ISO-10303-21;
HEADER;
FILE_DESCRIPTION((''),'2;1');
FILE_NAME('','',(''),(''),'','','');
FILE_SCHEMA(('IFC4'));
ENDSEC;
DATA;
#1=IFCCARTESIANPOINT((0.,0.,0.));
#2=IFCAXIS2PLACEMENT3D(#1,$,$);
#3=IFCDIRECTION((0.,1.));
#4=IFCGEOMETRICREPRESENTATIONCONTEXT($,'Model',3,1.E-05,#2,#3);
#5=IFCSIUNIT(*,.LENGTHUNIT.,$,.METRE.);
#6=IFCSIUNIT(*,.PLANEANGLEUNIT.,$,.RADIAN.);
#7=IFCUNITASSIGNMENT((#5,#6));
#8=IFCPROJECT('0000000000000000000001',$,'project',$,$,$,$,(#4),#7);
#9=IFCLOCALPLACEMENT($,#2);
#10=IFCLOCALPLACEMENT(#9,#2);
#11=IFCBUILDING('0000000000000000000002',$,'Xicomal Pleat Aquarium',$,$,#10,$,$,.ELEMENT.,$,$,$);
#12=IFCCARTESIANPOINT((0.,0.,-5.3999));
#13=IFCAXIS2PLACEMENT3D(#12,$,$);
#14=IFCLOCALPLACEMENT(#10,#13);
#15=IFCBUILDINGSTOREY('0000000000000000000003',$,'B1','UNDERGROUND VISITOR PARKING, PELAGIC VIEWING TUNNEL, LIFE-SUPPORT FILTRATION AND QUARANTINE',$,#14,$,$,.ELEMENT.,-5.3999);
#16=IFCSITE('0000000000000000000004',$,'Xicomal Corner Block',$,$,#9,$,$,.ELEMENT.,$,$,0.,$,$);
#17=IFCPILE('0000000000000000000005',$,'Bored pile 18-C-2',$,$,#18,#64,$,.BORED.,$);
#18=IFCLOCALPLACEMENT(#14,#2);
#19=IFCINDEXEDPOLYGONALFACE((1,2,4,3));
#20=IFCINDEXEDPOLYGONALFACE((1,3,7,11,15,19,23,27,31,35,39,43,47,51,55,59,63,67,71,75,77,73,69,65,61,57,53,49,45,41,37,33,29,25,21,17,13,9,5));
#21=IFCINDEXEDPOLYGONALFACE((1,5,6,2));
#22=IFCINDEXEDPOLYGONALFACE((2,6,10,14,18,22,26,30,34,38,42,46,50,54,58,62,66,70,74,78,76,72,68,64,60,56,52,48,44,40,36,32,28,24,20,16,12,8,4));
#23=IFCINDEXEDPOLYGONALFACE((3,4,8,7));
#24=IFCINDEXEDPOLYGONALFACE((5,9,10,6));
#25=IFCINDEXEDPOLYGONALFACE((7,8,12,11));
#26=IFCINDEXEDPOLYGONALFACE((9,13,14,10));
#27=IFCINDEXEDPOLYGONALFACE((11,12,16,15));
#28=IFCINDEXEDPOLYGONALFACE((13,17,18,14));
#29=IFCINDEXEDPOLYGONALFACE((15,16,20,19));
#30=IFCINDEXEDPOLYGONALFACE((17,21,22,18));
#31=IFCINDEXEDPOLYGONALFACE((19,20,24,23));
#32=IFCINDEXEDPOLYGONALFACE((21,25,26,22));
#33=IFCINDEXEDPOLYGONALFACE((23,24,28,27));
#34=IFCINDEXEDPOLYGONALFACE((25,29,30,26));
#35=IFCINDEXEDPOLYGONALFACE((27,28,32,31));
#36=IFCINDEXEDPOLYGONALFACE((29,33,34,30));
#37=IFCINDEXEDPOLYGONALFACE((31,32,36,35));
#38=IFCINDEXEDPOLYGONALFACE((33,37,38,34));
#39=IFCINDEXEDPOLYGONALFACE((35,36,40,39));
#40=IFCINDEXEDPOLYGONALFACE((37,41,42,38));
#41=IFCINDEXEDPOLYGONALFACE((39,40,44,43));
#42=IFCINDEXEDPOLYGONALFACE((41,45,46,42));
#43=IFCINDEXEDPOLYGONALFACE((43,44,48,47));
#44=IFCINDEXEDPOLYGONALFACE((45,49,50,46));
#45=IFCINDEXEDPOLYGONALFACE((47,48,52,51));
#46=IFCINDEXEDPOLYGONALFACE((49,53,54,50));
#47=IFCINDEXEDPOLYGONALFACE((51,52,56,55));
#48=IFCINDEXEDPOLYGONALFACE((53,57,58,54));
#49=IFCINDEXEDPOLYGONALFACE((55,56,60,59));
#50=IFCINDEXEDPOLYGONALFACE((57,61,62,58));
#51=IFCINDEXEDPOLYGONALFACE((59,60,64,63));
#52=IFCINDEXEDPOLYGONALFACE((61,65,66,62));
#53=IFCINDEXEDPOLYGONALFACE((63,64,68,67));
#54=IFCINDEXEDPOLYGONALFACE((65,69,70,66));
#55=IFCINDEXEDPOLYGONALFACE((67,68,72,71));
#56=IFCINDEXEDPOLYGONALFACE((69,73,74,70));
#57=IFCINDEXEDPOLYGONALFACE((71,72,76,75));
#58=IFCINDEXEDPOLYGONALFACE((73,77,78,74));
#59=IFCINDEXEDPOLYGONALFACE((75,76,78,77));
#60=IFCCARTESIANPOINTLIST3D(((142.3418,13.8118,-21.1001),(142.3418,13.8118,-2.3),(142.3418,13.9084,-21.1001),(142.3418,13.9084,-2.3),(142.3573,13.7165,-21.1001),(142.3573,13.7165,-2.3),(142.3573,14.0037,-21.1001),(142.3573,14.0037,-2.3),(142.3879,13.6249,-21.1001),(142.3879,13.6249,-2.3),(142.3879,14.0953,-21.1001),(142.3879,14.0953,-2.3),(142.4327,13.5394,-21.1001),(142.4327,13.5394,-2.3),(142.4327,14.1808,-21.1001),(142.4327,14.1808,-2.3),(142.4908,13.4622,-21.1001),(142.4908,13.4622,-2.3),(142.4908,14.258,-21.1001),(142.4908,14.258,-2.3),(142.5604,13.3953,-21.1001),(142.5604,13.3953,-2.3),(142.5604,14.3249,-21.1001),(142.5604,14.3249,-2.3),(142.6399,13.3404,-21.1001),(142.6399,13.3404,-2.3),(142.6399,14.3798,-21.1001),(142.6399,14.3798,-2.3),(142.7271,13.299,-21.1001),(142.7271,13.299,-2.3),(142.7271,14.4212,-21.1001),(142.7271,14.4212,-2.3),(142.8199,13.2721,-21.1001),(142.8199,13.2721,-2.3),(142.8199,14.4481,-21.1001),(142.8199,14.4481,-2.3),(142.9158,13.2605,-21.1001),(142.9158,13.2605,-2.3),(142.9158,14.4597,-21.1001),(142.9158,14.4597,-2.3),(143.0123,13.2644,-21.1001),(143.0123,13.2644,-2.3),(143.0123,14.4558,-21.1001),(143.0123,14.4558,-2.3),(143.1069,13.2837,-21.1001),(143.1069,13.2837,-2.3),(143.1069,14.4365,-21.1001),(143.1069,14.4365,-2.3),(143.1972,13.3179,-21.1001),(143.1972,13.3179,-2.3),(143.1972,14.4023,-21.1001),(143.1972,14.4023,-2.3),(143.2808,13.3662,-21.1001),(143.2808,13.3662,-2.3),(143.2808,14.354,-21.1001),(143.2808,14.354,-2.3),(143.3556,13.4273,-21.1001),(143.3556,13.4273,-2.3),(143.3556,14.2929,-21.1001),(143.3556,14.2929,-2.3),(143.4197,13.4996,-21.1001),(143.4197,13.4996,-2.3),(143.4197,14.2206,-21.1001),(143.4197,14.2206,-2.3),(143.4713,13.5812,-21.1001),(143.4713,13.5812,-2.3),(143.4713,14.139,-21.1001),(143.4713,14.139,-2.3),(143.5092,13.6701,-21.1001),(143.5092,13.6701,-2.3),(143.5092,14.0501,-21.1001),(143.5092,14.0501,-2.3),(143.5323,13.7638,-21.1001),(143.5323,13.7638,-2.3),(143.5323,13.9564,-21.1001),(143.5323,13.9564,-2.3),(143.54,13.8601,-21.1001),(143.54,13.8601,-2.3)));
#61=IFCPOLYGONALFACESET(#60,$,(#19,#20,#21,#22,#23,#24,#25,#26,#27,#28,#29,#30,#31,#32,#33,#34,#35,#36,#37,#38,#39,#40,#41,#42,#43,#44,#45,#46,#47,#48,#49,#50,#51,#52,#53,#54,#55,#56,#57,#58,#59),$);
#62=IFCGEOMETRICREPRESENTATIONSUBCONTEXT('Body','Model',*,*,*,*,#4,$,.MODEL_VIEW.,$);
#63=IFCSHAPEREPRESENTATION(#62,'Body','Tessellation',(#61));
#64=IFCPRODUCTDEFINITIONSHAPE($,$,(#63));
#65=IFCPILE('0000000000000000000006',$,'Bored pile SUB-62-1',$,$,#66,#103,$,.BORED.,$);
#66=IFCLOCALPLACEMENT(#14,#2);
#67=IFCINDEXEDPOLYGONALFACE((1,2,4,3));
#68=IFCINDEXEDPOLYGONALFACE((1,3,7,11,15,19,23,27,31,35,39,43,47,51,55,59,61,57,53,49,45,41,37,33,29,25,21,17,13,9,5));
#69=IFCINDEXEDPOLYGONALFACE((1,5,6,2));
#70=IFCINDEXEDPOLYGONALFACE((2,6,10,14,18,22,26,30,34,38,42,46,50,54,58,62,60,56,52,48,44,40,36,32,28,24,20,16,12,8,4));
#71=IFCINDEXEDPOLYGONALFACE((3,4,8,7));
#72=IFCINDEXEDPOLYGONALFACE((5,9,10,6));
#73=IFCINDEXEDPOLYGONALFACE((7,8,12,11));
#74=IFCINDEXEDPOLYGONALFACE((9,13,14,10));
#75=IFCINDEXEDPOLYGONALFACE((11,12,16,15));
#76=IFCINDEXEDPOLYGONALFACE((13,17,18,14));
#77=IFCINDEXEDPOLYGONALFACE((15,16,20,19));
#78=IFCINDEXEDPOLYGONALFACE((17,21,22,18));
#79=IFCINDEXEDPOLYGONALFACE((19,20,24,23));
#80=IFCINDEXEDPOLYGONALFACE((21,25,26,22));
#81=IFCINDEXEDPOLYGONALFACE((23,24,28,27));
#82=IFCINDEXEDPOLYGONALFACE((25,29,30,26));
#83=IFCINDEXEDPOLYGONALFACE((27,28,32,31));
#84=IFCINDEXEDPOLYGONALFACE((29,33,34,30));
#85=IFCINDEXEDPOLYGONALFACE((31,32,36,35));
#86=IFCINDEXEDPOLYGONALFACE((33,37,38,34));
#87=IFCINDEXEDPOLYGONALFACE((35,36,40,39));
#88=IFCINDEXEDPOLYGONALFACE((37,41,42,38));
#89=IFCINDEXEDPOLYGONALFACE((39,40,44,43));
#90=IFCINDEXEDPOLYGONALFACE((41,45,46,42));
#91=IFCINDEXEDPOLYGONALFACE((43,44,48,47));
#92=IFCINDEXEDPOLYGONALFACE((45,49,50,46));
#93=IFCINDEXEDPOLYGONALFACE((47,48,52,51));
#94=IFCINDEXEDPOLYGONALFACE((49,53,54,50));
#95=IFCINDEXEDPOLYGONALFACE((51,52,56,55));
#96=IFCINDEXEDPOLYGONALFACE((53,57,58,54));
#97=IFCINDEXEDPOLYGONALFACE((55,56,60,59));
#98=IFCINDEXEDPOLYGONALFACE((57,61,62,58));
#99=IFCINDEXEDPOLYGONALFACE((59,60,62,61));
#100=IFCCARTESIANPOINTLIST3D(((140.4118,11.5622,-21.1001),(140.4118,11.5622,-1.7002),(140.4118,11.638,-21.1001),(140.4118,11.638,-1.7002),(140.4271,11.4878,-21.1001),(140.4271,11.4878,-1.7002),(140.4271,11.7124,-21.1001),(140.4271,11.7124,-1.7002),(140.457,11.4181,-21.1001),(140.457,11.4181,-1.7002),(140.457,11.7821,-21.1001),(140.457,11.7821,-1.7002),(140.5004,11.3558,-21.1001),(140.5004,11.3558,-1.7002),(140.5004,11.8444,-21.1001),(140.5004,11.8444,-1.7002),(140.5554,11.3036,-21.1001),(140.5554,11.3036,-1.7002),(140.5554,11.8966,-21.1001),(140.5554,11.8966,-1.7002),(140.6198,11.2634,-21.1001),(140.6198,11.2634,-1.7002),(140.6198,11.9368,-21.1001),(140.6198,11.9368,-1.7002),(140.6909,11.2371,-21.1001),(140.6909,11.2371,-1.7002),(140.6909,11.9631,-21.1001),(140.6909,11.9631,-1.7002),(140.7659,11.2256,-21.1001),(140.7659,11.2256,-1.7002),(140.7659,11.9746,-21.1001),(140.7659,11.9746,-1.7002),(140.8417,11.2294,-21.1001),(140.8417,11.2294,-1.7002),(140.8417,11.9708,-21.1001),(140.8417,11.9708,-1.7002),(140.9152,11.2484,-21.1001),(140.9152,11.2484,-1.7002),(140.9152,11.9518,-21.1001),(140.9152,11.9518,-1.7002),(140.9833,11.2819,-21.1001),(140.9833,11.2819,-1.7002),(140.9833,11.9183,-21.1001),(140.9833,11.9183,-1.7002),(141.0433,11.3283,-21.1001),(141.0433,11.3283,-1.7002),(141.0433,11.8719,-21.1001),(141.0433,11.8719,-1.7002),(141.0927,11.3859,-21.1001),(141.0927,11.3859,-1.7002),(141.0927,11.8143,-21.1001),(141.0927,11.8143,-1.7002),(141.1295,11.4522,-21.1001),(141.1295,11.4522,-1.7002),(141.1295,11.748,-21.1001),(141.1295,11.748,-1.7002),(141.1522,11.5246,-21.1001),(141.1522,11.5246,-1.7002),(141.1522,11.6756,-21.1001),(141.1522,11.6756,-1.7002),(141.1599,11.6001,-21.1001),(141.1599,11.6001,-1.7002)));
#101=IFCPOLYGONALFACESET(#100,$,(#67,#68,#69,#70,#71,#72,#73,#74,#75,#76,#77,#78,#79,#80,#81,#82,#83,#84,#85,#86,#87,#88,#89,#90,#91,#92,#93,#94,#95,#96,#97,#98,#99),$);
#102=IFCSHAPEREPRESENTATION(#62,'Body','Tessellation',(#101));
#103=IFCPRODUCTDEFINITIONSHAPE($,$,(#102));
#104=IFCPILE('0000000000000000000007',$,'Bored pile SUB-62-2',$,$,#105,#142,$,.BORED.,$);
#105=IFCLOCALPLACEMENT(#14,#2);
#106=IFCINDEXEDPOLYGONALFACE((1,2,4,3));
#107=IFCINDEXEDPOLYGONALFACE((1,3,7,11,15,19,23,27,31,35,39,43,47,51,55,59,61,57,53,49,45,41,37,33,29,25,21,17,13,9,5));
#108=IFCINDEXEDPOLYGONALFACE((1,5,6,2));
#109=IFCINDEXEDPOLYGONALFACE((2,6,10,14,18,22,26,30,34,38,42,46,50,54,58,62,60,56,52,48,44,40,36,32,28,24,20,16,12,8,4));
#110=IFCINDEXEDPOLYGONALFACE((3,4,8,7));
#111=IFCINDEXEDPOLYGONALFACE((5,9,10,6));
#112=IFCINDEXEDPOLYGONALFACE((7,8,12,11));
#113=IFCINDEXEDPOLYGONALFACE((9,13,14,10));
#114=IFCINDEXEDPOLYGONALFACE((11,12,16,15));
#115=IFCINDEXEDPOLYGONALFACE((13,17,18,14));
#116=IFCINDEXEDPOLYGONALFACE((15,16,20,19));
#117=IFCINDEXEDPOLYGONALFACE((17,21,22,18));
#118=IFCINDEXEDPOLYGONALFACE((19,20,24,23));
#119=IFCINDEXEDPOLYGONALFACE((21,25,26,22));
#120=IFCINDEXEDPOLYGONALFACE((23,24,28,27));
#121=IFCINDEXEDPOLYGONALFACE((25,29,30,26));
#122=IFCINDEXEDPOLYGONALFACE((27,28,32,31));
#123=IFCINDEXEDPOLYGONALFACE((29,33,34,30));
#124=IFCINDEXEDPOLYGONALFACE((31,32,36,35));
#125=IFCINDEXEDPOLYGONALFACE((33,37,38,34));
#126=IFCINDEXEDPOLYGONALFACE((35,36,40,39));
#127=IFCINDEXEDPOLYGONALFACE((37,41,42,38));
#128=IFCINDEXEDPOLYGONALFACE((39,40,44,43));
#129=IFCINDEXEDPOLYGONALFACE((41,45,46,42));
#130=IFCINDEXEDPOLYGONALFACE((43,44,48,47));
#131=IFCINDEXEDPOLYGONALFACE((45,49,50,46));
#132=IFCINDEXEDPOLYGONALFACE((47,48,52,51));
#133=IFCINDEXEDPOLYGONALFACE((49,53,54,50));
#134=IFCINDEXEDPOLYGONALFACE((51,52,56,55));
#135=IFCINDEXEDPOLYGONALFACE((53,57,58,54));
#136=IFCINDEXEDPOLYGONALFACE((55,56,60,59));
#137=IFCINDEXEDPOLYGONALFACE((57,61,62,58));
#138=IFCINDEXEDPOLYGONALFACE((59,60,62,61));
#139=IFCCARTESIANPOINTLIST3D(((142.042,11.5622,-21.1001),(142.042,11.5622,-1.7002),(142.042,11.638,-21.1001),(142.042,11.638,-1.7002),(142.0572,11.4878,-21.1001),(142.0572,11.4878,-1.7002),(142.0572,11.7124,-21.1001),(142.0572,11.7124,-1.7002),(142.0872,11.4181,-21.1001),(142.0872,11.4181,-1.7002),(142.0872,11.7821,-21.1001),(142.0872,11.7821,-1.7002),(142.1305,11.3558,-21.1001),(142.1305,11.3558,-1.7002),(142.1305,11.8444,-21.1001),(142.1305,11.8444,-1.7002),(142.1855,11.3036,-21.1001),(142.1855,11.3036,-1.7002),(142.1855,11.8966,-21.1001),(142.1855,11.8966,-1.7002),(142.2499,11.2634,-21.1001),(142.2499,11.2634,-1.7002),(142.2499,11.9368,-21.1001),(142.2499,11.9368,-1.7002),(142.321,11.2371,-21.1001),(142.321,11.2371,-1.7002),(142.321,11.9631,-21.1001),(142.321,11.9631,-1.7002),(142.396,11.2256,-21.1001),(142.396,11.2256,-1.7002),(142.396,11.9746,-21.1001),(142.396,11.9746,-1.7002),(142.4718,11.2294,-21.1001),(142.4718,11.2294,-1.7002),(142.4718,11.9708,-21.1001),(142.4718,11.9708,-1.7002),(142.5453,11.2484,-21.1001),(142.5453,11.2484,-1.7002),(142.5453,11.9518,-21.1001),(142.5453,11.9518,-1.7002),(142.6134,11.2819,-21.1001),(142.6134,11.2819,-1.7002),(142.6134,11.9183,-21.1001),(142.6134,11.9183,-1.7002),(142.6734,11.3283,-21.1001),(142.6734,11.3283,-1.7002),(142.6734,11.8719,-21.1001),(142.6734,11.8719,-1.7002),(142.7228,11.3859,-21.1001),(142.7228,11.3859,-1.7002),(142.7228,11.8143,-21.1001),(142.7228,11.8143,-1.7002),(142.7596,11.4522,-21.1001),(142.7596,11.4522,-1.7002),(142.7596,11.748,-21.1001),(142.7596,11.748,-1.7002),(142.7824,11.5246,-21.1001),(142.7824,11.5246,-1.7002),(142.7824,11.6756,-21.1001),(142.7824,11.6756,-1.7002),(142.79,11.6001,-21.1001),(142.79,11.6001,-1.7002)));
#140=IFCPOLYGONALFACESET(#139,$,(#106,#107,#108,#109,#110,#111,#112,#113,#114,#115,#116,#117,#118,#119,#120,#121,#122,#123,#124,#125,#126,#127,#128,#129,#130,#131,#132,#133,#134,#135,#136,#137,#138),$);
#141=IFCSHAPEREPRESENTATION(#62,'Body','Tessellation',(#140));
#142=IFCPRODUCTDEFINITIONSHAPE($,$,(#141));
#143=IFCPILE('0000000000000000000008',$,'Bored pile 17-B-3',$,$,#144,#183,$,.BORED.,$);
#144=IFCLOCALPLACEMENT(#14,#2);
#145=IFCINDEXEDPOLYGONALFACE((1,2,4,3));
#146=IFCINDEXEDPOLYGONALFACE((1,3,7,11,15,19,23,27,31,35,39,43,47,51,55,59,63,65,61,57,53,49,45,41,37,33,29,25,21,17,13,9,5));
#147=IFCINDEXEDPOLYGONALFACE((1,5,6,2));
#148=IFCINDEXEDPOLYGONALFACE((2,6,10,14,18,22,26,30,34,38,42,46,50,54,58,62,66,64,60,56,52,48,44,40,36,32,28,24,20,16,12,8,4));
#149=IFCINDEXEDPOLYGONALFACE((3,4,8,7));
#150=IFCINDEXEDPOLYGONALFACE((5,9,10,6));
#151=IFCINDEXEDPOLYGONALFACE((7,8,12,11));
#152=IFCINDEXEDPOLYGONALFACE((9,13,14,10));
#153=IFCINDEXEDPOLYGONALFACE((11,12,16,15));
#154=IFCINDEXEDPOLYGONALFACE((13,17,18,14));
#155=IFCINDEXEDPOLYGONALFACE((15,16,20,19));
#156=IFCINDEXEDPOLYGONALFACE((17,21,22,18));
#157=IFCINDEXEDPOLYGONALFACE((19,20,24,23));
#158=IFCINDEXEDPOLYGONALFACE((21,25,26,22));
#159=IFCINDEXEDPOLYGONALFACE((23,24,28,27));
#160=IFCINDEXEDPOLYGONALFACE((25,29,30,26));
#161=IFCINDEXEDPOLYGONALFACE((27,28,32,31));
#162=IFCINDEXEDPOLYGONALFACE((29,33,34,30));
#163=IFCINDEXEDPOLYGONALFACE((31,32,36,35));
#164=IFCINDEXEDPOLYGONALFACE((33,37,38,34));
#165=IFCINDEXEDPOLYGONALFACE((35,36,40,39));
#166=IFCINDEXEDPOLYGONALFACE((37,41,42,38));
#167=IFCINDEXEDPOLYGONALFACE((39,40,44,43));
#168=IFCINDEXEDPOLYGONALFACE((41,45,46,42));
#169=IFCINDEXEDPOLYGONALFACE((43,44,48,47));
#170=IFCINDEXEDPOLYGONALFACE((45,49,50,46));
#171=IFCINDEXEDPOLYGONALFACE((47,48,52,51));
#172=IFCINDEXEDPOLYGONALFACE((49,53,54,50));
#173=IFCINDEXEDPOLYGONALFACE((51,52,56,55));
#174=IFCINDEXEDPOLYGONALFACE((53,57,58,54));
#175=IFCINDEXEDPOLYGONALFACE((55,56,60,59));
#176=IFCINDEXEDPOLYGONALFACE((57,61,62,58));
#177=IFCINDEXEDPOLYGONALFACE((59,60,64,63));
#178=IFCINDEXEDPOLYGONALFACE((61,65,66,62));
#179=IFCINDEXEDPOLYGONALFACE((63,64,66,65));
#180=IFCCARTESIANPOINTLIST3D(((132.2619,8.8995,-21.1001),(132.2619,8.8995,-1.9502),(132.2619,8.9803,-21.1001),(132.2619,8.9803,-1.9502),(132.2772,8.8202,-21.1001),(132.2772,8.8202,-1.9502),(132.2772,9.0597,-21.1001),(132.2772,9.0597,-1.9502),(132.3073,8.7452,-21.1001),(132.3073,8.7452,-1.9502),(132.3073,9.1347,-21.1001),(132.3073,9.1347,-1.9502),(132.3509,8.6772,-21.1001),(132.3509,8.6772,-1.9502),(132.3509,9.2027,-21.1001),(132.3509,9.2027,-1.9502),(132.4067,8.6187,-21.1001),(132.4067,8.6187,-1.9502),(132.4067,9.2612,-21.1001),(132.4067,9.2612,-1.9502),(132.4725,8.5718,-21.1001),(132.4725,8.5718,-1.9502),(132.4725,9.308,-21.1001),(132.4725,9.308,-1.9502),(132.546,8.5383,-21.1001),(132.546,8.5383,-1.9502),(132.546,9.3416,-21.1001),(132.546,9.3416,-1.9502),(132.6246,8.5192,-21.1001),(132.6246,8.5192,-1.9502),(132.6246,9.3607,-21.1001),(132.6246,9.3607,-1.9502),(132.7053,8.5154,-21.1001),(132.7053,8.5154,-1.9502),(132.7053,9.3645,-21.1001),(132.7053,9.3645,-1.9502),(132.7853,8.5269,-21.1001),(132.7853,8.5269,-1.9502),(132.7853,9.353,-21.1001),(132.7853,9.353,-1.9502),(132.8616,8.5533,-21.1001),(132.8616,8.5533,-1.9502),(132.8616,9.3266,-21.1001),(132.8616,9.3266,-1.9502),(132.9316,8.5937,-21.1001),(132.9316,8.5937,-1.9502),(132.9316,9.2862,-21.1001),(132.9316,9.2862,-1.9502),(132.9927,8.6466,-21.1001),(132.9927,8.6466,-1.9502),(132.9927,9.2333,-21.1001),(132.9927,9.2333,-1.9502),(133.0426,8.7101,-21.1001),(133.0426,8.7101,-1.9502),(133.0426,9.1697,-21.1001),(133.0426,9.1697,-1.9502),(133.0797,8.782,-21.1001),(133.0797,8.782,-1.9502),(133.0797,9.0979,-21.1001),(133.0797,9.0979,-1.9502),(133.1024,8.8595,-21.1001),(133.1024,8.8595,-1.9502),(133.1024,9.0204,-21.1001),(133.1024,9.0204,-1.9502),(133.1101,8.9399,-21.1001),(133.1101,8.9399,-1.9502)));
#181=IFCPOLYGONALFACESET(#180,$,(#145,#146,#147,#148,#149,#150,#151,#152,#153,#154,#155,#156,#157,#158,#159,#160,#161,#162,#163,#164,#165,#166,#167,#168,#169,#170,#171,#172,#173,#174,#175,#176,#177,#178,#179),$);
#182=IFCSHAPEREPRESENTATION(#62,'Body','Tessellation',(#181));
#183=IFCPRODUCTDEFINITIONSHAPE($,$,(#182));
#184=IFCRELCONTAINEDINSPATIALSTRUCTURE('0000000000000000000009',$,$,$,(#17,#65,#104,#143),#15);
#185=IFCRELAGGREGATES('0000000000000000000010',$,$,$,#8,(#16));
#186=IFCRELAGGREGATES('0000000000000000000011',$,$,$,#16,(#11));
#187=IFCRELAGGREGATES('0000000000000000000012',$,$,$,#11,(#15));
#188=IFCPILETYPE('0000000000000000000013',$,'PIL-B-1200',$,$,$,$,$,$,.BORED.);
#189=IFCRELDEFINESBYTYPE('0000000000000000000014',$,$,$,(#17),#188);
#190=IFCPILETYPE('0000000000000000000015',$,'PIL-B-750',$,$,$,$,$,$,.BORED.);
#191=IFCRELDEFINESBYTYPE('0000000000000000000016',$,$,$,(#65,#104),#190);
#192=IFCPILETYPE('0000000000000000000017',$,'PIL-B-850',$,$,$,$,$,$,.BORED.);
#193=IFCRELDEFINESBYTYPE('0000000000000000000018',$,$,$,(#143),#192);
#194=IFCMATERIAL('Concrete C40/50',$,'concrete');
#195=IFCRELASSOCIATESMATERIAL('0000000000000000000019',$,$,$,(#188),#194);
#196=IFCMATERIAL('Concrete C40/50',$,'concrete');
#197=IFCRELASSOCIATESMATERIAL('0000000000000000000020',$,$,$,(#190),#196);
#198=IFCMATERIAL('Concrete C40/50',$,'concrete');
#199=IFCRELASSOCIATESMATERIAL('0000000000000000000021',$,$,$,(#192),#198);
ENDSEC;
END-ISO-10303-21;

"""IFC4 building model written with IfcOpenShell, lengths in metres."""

from ifc_helpers import new_model, si_unit, direction, frame, origin, origin_2d, place, context, subcontext, project, spatial, circle, extrude, material, material_profile, profile_set, type_object, element, save


model = new_model("IFC4")

# Units and contexts
model_context = context("Model", 3, precision=1e-05, world=origin(), true_north=direction((0.0, 1.0)))
body_context = subcontext(model_context, "Body", "Model", "MODEL_VIEW")
ifc_project = project(units=[si_unit("LENGTHUNIT", "METRE"), si_unit("PLANEANGLEUNIT", "RADIAN")], contexts=[model_context])

# Site, building, storey
site_placement = place(None, origin())
site = spatial("IfcSite", under=ifc_project, at=site_placement, Name="Xicomal Corner Block", CompositionType="ELEMENT", RefElevation=0.0)
building_placement = place(site_placement, origin())
building = spatial("IfcBuilding", under=site, at=building_placement, Name="Xicomal Pleat Aquarium", CompositionType="ELEMENT")
storey_placement = place(building_placement, frame((0.0, 0.0, -5.3999)))
storey = spatial("IfcBuildingStorey", under=building, at=storey_placement, Name="B1", Description="UNDERGROUND VISITOR PARKING, PELAGIC VIEWING TUNNEL, LIFE-SUPPORT FILTRATION AND QUARANTINE", CompositionType="ELEMENT", Elevation=-5.3999)

# Piles
ifc_material_1 = material(Name="Concrete C40/50", Category="concrete")
ifc_material_profile_1 = material_profile(ifc_material_1, circle(Radius=0.6001, at=origin_2d()), Name="BORED PILE D1200")
ifc_profile_set_1 = profile_set([ifc_material_profile_1], Name="Concrete C40/50")
pile_type_1 = type_object("IfcPileType", Name="PIL-B-1200", PredefinedType="BORED", material=ifc_profile_set_1)
for number, where, z_axis, x_axis, name in (
    (1, (142.9399, 13.8601, -2.3), (0.0, 0.0, -1.0), (1.0, 0.0, 0.0), "Bored pile 18-C-2"),
):
    element("IfcPile", number, at=place(storey_placement, frame(where, z_axis=z_axis, x_axis=x_axis)), inside=storey, type_object=pile_type_1, Name=name, PredefinedType="BORED", context=body_context, shape_type="SweptSolid", body=[
        extrude(circle(Radius=0.6001, at=origin_2d()), origin(), (0.0, 0.0, 1.0), 18.8),
    ])
ifc_material_2 = material(Name="Concrete C40/50", Category="concrete")
ifc_material_profile_2 = material_profile(ifc_material_2, circle(Radius=0.375, at=origin_2d()), Name="BORED PILE D750")
ifc_profile_set_2 = profile_set([ifc_material_profile_2], Name="Concrete C40/50")
pile_type_2 = type_object("IfcPileType", Name="PIL-B-750", PredefinedType="BORED", material=ifc_profile_set_2)
for number, where, z_axis, x_axis, name in (
    (2, (140.7849, 11.6001, -1.7002), (0.0, 0.0, -1.0), (1.0, 0.0, 0.0), "Bored pile SUB-62-1"),
    (3, (142.415, 11.6001, -1.7002), (0.0, 0.0, -1.0), (1.0, 0.0, 0.0), "Bored pile SUB-62-2"),
):
    element("IfcPile", number, at=place(storey_placement, frame(where, z_axis=z_axis, x_axis=x_axis)), inside=storey, type_object=pile_type_2, Name=name, PredefinedType="BORED", context=body_context, shape_type="SweptSolid", body=[
        extrude(circle(Radius=0.375, at=origin_2d()), origin(), (0.0, 0.0, 1.0), 19.3999),
    ])
ifc_material_3 = material(Name="Concrete C40/50", Category="concrete")
ifc_material_profile_3 = material_profile(ifc_material_3, circle(Radius=0.425, at=origin_2d()), Name="BORED PILE D850")
ifc_profile_set_3 = profile_set([ifc_material_profile_3], Name="Concrete C40/50")
pile_type_3 = type_object("IfcPileType", Name="PIL-B-850", PredefinedType="BORED", material=ifc_profile_set_3)
for number, where, z_axis, x_axis, name in (
    (4, (132.6851, 8.9399, -1.9502), (0.0, 0.0, -1.0), (1.0, 0.0, 0.0), "Bored pile 17-B-3"),
):
    element("IfcPile", number, at=place(storey_placement, frame(where, z_axis=z_axis, x_axis=x_axis)), inside=storey, type_object=pile_type_3, Name=name, PredefinedType="BORED", context=body_context, shape_type="SweptSolid", body=[
        extrude(circle(Radius=0.425, at=origin_2d()), origin(), (0.0, 0.0, 1.0), 19.1499),
    ])

save(model, "model.ifc")
